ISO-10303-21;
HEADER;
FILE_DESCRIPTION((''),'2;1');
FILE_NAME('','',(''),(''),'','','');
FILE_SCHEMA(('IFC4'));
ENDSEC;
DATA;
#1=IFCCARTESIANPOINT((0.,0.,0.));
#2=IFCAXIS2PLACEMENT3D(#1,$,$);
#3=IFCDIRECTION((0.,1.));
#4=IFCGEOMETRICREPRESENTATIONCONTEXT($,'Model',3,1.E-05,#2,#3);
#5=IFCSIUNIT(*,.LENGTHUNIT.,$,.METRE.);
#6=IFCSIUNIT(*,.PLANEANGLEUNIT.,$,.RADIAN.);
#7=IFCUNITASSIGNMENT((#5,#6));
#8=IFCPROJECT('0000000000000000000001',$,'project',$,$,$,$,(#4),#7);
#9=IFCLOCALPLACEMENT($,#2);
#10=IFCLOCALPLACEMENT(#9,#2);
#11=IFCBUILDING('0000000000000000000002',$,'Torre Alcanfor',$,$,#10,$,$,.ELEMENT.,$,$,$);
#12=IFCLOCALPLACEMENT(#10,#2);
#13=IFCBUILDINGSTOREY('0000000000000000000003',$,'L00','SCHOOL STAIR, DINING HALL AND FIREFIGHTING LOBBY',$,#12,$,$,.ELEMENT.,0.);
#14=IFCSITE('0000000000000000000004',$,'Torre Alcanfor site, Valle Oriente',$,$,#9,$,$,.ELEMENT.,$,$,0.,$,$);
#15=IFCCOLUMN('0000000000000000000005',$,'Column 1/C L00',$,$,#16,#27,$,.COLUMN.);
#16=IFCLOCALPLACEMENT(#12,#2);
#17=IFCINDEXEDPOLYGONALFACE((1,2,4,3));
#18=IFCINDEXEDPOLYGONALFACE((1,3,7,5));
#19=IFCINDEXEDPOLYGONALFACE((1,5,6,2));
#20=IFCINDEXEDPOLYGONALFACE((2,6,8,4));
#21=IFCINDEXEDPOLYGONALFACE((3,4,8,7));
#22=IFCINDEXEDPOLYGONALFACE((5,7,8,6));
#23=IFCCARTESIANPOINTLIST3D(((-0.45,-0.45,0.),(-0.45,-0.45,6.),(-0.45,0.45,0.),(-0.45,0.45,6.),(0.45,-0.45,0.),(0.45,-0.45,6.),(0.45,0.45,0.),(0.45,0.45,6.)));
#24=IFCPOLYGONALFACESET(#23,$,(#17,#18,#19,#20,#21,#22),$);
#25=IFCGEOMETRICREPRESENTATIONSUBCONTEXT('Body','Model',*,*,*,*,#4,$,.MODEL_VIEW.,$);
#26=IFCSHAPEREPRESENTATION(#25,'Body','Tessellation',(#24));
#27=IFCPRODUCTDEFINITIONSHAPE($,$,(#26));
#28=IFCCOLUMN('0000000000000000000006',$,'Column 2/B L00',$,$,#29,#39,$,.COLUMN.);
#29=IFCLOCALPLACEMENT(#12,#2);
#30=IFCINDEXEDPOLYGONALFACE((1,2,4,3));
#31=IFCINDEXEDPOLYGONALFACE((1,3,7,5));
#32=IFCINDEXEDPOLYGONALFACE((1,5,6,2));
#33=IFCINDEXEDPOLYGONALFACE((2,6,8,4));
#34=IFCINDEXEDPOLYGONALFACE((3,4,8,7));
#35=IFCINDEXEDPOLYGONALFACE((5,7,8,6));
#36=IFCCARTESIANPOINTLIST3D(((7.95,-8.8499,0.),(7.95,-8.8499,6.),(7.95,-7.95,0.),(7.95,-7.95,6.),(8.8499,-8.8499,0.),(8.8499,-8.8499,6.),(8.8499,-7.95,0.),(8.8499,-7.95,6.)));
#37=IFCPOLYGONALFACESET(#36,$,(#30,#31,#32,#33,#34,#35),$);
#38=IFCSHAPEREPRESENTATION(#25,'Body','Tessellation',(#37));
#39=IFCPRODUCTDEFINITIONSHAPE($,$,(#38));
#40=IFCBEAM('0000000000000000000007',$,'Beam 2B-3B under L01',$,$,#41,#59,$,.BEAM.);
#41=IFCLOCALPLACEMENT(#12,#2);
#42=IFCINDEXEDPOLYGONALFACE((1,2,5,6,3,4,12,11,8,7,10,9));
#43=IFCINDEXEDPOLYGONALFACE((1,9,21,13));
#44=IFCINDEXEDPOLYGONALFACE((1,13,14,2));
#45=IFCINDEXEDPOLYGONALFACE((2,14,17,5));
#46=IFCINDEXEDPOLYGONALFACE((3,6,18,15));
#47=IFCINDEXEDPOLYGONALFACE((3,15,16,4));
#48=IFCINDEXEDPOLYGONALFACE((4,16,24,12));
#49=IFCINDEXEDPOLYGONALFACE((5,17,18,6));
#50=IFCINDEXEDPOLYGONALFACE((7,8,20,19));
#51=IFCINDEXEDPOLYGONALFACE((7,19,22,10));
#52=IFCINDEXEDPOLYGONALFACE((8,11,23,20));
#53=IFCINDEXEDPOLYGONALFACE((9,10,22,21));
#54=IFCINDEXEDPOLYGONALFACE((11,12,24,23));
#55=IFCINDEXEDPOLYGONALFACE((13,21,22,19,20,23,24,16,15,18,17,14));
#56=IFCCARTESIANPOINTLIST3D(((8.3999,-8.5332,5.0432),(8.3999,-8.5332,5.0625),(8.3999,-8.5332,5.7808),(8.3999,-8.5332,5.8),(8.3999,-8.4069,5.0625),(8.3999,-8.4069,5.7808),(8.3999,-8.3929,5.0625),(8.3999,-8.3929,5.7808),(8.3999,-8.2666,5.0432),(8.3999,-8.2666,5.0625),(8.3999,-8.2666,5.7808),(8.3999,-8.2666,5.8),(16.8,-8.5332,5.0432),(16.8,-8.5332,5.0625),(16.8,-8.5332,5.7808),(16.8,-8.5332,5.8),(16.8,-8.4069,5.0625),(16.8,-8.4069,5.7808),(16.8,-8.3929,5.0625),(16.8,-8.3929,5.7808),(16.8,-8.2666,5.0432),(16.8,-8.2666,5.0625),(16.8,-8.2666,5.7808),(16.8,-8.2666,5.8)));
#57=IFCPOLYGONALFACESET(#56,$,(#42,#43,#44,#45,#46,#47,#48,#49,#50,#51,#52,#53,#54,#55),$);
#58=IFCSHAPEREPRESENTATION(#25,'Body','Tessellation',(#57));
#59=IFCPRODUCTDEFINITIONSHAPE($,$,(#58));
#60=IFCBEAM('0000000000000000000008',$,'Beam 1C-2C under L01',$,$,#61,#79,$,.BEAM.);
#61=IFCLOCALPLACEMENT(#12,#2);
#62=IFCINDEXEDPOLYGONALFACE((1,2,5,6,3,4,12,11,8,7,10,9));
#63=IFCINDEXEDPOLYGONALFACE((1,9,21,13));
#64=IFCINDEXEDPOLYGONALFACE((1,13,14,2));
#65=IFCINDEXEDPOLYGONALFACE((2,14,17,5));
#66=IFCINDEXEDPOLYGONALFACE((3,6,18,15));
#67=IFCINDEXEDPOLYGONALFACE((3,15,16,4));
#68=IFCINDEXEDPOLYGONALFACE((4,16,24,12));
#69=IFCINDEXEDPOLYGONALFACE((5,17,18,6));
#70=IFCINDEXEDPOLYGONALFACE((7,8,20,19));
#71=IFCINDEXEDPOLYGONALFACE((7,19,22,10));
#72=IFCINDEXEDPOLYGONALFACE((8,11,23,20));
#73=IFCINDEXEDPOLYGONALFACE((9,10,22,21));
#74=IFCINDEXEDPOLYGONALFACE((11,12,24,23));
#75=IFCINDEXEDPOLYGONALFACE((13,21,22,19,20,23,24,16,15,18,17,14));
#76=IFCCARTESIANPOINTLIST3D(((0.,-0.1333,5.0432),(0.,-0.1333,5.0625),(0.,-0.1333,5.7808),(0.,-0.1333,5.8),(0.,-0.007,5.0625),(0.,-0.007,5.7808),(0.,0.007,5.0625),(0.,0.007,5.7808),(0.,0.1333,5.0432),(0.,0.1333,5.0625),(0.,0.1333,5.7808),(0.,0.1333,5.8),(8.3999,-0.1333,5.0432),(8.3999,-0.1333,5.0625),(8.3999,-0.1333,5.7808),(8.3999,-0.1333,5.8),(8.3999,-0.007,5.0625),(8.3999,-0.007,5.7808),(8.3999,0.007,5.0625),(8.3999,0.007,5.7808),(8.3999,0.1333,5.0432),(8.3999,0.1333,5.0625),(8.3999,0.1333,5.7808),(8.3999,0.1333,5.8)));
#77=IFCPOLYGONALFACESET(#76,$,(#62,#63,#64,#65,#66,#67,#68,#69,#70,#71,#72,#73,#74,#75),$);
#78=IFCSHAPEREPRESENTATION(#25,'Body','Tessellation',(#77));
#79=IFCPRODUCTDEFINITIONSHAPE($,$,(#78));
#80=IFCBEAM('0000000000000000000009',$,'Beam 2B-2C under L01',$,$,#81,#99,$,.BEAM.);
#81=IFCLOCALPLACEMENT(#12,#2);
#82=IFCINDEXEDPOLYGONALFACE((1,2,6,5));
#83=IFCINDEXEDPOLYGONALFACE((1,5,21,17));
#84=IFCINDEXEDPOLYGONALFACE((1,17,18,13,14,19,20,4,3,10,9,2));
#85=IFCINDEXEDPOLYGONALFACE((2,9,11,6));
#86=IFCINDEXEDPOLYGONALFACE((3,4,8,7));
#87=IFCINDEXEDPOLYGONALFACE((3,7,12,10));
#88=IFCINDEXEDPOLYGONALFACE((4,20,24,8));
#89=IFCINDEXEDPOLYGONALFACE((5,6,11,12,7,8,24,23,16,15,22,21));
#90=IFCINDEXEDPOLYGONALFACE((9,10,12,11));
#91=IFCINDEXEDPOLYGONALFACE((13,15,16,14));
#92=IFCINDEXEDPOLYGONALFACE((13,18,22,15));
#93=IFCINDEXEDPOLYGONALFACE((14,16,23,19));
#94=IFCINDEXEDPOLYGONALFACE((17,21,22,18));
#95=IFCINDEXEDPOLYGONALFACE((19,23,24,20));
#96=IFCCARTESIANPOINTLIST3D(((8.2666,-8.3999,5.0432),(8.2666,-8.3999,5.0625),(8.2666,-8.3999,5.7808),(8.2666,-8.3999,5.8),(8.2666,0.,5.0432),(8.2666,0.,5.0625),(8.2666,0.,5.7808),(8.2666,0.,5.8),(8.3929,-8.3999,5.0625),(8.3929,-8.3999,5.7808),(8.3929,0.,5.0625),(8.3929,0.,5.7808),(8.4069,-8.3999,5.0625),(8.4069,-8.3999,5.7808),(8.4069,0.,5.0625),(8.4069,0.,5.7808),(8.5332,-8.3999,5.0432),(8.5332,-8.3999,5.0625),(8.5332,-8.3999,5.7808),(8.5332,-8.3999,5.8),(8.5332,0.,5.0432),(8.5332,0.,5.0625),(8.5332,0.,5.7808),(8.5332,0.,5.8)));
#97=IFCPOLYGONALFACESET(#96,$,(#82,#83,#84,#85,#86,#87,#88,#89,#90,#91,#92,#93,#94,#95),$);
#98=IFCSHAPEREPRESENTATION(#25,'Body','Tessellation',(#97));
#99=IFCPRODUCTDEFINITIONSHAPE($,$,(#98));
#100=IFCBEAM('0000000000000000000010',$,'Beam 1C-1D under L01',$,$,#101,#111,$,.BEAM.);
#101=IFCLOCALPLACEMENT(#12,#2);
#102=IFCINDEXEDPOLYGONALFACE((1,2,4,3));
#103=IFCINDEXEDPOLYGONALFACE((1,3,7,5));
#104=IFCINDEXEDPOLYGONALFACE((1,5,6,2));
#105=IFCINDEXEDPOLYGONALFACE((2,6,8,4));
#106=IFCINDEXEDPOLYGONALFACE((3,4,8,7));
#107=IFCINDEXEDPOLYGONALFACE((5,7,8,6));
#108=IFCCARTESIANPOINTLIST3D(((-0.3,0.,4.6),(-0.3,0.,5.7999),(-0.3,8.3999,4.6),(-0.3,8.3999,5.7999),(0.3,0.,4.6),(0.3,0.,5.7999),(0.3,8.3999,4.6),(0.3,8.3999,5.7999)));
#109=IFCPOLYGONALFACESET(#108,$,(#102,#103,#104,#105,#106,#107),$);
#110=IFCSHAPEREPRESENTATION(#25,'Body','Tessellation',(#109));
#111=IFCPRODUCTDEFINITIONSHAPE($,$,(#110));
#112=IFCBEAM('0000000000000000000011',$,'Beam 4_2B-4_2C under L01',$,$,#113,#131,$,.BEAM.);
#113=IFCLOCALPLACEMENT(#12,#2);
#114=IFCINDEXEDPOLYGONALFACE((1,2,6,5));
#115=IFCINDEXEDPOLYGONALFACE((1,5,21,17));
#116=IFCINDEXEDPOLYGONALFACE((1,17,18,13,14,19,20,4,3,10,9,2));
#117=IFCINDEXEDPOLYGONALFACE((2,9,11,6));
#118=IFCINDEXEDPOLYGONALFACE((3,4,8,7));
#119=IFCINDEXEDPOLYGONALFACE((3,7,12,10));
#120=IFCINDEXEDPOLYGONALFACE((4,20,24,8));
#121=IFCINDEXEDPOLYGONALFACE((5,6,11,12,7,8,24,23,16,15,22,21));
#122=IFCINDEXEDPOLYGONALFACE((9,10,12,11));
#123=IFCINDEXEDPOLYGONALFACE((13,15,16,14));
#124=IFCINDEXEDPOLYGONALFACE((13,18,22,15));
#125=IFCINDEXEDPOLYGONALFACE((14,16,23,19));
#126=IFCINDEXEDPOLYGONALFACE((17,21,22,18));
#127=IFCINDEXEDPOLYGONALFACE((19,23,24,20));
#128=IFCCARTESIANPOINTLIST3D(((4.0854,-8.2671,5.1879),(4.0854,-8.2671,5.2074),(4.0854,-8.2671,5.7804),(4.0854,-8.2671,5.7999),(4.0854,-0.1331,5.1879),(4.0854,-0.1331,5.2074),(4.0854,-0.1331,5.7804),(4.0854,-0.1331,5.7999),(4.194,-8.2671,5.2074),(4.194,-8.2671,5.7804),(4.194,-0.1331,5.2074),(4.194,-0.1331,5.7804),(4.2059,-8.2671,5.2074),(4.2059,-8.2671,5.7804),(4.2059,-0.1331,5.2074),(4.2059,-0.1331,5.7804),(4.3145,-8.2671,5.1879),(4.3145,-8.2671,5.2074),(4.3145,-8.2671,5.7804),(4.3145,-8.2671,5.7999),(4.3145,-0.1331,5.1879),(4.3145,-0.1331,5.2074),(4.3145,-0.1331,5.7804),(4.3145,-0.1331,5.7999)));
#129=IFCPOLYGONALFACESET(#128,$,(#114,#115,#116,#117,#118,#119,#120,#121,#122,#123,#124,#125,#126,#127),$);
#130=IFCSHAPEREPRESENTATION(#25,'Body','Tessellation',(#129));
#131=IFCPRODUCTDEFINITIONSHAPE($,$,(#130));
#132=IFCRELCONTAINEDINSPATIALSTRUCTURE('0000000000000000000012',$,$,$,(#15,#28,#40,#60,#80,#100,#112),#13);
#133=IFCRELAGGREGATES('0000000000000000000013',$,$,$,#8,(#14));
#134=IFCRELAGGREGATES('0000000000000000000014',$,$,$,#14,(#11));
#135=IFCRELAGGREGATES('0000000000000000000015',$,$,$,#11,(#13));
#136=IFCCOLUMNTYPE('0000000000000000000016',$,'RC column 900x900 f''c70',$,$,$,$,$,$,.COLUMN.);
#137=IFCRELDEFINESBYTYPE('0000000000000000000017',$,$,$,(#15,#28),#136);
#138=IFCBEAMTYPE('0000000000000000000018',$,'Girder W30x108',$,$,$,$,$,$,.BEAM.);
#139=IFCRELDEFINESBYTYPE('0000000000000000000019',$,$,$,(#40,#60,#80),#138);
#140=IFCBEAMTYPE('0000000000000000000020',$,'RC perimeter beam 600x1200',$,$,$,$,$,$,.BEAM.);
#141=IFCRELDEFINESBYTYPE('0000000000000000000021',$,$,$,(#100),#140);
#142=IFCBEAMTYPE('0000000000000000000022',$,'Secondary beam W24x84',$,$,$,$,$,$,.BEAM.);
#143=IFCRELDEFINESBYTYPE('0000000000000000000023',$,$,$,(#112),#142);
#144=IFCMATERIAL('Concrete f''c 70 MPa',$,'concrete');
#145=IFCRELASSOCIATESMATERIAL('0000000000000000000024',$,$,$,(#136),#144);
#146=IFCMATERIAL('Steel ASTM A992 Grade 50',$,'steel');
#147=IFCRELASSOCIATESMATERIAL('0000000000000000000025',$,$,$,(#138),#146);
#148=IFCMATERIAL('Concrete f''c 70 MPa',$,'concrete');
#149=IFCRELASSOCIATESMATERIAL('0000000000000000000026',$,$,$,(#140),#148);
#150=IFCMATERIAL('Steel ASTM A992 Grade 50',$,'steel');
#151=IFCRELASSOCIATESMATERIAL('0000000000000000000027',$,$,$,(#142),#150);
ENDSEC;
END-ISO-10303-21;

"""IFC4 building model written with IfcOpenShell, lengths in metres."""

from ifc_helpers import new_model, si_unit, direction, frame, origin, origin_2d, place, context, subcontext, project, spatial, rectangle, i_section, extrude, material, material_profile, profile_set, type_object, element, save


model = new_model("IFC4")

# Units and contexts
model_context = context("Model", 3, precision=1e-05, world=origin(), true_north=direction((0.0, 1.0)))
body_context = subcontext(model_context, "Body", "Model", "MODEL_VIEW")
ifc_project = project(units=[si_unit("LENGTHUNIT", "METRE"), si_unit("PLANEANGLEUNIT", "RADIAN")], contexts=[model_context])

# Site, building, storey
site_placement = place(None, origin())
site = spatial("IfcSite", under=ifc_project, at=site_placement, Name="Torre Alcanfor site, Valle Oriente", CompositionType="ELEMENT", RefElevation=0.0)
building_placement = place(site_placement, origin())
building = spatial("IfcBuilding", under=site, at=building_placement, Name="Torre Alcanfor", CompositionType="ELEMENT")
storey_placement = place(building_placement, origin())
storey = spatial("IfcBuildingStorey", under=building, at=storey_placement, Name="L00", Description="SCHOOL STAIR, DINING HALL AND FIREFIGHTING LOBBY", CompositionType="ELEMENT", Elevation=0.0)

# Columns
ifc_material_1 = material(Name="Concrete f'c 70 MPa", Category="concrete")
ifc_material_profile_1 = material_profile(ifc_material_1, rectangle(XDim=0.8999, YDim=0.8999, at=origin_2d()), Name="900x900")
ifc_profile_set_1 = profile_set([ifc_material_profile_1], Name="Concrete f'c 70 MPa")
column_type = type_object("IfcColumnType", Name="RC column 900x900 f'c70", PredefinedType="COLUMN", material=ifc_profile_set_1)
for number, where, z_axis, x_axis, name in (
    (1, (0.0, 0.0, 0.0), (0.0, 0.0, 1.0), (1.0, 0.0, 0.0), "Column 1/C L00"),
    (2, (8.3999, -8.3999, 0.0), (0.0, 0.0, 1.0), (1.0, 0.0, 0.0), "Column 2/B L00"),
):
    element("IfcColumn", number, at=place(storey_placement, frame(where, z_axis=z_axis, x_axis=x_axis)), inside=storey, type_object=column_type, Name=name, PredefinedType="COLUMN", context=body_context, shape_type="SweptSolid", body=[
        extrude(rectangle(XDim=0.8999, YDim=0.8999, at=origin_2d()), origin(), (0.0, 0.0, 1.0), 6.0),
    ])

# Beams
ifc_material_2 = material(Name="Steel ASTM A992 Grade 50", Category="steel")
ifc_material_profile_2 = material_profile(ifc_material_2, i_section(OverallWidth=0.2666, OverallDepth=0.7568, WebThickness=0.0139, FlangeThickness=0.0193, at=origin_2d()), Name="W30x108")
ifc_profile_set_2 = profile_set([ifc_material_profile_2], Name="Steel ASTM A992 Grade 50")
beam_type_1 = type_object("IfcBeamType", Name="Girder W30x108", PredefinedType="BEAM", material=ifc_profile_set_2)
beam_1_placement = place(storey_placement, frame((8.3999, -8.3999, 5.4216), z_axis=(1.0, 0.0, 0.0), x_axis=(0.0, 1.0, 0.0)))
element("IfcBeam", 3, at=beam_1_placement, inside=storey, type_object=beam_type_1, Name="Beam 2B-3B under L01", PredefinedType="BEAM", context=body_context, shape_type="SweptSolid", body=[
    extrude(i_section(OverallWidth=0.2666, OverallDepth=0.7568, WebThickness=0.0139, FlangeThickness=0.0193, at=origin_2d()), origin(), (0.0, 0.0, 1.0), 8.4001),
])
for number, where, z_axis, x_axis, name in (
    (4, (0.0, 0.0, 5.4216), (1.0, 0.0, 0.0), (0.0, 1.0, 0.0), "Beam 1C-2C under L01"),
    (5, (8.3999, -8.3999, 5.4216), (0.0, 1.0, 0.0), (-1.0, 0.0, 0.0), "Beam 2B-2C under L01"),
):
    element("IfcBeam", number, at=place(storey_placement, frame(where, z_axis=z_axis, x_axis=x_axis)), inside=storey, type_object=beam_type_1, Name=name, PredefinedType="BEAM", context=body_context, shape_type="SweptSolid", body=[
        extrude(i_section(OverallWidth=0.2666, OverallDepth=0.7568, WebThickness=0.0139, FlangeThickness=0.0193, at=origin_2d()), origin(), (0.0, 0.0, 1.0), 8.3999),
    ])
ifc_material_3 = material(Name="Concrete f'c 70 MPa", Category="concrete")
ifc_material_profile_3 = material_profile(ifc_material_3, rectangle(XDim=0.6001, YDim=1.2, at=origin_2d()), Name="600x1200")
ifc_profile_set_3 = profile_set([ifc_material_profile_3], Name="Concrete f'c 70 MPa")
beam_type_2 = type_object("IfcBeamType", Name="RC perimeter beam 600x1200", PredefinedType="BEAM", material=ifc_profile_set_3)
beam_2_placement = place(storey_placement, frame((0.0, 0.0, 5.2), z_axis=(0.0, 1.0, 0.0), x_axis=(-1.0, 0.0, 0.0)))
element("IfcBeam", 6, at=beam_2_placement, inside=storey, type_object=beam_type_2, Name="Beam 1C-1D under L01", PredefinedType="BEAM", context=body_context, shape_type="SweptSolid", body=[
    extrude(rectangle(XDim=0.6001, YDim=1.2, at=origin_2d()), origin(), (0.0, 0.0, 1.0), 8.3999),
])
ifc_material_4 = material(Name="Steel ASTM A992 Grade 50", Category="steel")
ifc_material_profile_4 = material_profile(ifc_material_4, i_section(OverallWidth=0.229, OverallDepth=0.6121, WebThickness=0.012, FlangeThickness=0.0195, at=origin_2d()), Name="W24x84")
ifc_profile_set_4 = profile_set([ifc_material_profile_4], Name="Steel ASTM A992 Grade 50")
beam_type_3 = type_object("IfcBeamType", Name="Secondary beam W24x84", PredefinedType="BEAM", material=ifc_profile_set_4)
beam_3_placement = place(storey_placement, frame((4.2, -8.2671, 5.4939), z_axis=(0.0, 1.0, 0.0), x_axis=(-1.0, 0.0, 0.0)))
element("IfcBeam", 7, at=beam_3_placement, inside=storey, type_object=beam_type_3, Name="Beam 4_2B-4_2C under L01", PredefinedType="BEAM", context=body_context, shape_type="SweptSolid", body=[
    extrude(i_section(OverallWidth=0.229, OverallDepth=0.6121, WebThickness=0.012, FlangeThickness=0.0195, at=origin_2d()), origin(), (0.0, 0.0, 1.0), 8.134),
])

save(model, "model.ifc")
